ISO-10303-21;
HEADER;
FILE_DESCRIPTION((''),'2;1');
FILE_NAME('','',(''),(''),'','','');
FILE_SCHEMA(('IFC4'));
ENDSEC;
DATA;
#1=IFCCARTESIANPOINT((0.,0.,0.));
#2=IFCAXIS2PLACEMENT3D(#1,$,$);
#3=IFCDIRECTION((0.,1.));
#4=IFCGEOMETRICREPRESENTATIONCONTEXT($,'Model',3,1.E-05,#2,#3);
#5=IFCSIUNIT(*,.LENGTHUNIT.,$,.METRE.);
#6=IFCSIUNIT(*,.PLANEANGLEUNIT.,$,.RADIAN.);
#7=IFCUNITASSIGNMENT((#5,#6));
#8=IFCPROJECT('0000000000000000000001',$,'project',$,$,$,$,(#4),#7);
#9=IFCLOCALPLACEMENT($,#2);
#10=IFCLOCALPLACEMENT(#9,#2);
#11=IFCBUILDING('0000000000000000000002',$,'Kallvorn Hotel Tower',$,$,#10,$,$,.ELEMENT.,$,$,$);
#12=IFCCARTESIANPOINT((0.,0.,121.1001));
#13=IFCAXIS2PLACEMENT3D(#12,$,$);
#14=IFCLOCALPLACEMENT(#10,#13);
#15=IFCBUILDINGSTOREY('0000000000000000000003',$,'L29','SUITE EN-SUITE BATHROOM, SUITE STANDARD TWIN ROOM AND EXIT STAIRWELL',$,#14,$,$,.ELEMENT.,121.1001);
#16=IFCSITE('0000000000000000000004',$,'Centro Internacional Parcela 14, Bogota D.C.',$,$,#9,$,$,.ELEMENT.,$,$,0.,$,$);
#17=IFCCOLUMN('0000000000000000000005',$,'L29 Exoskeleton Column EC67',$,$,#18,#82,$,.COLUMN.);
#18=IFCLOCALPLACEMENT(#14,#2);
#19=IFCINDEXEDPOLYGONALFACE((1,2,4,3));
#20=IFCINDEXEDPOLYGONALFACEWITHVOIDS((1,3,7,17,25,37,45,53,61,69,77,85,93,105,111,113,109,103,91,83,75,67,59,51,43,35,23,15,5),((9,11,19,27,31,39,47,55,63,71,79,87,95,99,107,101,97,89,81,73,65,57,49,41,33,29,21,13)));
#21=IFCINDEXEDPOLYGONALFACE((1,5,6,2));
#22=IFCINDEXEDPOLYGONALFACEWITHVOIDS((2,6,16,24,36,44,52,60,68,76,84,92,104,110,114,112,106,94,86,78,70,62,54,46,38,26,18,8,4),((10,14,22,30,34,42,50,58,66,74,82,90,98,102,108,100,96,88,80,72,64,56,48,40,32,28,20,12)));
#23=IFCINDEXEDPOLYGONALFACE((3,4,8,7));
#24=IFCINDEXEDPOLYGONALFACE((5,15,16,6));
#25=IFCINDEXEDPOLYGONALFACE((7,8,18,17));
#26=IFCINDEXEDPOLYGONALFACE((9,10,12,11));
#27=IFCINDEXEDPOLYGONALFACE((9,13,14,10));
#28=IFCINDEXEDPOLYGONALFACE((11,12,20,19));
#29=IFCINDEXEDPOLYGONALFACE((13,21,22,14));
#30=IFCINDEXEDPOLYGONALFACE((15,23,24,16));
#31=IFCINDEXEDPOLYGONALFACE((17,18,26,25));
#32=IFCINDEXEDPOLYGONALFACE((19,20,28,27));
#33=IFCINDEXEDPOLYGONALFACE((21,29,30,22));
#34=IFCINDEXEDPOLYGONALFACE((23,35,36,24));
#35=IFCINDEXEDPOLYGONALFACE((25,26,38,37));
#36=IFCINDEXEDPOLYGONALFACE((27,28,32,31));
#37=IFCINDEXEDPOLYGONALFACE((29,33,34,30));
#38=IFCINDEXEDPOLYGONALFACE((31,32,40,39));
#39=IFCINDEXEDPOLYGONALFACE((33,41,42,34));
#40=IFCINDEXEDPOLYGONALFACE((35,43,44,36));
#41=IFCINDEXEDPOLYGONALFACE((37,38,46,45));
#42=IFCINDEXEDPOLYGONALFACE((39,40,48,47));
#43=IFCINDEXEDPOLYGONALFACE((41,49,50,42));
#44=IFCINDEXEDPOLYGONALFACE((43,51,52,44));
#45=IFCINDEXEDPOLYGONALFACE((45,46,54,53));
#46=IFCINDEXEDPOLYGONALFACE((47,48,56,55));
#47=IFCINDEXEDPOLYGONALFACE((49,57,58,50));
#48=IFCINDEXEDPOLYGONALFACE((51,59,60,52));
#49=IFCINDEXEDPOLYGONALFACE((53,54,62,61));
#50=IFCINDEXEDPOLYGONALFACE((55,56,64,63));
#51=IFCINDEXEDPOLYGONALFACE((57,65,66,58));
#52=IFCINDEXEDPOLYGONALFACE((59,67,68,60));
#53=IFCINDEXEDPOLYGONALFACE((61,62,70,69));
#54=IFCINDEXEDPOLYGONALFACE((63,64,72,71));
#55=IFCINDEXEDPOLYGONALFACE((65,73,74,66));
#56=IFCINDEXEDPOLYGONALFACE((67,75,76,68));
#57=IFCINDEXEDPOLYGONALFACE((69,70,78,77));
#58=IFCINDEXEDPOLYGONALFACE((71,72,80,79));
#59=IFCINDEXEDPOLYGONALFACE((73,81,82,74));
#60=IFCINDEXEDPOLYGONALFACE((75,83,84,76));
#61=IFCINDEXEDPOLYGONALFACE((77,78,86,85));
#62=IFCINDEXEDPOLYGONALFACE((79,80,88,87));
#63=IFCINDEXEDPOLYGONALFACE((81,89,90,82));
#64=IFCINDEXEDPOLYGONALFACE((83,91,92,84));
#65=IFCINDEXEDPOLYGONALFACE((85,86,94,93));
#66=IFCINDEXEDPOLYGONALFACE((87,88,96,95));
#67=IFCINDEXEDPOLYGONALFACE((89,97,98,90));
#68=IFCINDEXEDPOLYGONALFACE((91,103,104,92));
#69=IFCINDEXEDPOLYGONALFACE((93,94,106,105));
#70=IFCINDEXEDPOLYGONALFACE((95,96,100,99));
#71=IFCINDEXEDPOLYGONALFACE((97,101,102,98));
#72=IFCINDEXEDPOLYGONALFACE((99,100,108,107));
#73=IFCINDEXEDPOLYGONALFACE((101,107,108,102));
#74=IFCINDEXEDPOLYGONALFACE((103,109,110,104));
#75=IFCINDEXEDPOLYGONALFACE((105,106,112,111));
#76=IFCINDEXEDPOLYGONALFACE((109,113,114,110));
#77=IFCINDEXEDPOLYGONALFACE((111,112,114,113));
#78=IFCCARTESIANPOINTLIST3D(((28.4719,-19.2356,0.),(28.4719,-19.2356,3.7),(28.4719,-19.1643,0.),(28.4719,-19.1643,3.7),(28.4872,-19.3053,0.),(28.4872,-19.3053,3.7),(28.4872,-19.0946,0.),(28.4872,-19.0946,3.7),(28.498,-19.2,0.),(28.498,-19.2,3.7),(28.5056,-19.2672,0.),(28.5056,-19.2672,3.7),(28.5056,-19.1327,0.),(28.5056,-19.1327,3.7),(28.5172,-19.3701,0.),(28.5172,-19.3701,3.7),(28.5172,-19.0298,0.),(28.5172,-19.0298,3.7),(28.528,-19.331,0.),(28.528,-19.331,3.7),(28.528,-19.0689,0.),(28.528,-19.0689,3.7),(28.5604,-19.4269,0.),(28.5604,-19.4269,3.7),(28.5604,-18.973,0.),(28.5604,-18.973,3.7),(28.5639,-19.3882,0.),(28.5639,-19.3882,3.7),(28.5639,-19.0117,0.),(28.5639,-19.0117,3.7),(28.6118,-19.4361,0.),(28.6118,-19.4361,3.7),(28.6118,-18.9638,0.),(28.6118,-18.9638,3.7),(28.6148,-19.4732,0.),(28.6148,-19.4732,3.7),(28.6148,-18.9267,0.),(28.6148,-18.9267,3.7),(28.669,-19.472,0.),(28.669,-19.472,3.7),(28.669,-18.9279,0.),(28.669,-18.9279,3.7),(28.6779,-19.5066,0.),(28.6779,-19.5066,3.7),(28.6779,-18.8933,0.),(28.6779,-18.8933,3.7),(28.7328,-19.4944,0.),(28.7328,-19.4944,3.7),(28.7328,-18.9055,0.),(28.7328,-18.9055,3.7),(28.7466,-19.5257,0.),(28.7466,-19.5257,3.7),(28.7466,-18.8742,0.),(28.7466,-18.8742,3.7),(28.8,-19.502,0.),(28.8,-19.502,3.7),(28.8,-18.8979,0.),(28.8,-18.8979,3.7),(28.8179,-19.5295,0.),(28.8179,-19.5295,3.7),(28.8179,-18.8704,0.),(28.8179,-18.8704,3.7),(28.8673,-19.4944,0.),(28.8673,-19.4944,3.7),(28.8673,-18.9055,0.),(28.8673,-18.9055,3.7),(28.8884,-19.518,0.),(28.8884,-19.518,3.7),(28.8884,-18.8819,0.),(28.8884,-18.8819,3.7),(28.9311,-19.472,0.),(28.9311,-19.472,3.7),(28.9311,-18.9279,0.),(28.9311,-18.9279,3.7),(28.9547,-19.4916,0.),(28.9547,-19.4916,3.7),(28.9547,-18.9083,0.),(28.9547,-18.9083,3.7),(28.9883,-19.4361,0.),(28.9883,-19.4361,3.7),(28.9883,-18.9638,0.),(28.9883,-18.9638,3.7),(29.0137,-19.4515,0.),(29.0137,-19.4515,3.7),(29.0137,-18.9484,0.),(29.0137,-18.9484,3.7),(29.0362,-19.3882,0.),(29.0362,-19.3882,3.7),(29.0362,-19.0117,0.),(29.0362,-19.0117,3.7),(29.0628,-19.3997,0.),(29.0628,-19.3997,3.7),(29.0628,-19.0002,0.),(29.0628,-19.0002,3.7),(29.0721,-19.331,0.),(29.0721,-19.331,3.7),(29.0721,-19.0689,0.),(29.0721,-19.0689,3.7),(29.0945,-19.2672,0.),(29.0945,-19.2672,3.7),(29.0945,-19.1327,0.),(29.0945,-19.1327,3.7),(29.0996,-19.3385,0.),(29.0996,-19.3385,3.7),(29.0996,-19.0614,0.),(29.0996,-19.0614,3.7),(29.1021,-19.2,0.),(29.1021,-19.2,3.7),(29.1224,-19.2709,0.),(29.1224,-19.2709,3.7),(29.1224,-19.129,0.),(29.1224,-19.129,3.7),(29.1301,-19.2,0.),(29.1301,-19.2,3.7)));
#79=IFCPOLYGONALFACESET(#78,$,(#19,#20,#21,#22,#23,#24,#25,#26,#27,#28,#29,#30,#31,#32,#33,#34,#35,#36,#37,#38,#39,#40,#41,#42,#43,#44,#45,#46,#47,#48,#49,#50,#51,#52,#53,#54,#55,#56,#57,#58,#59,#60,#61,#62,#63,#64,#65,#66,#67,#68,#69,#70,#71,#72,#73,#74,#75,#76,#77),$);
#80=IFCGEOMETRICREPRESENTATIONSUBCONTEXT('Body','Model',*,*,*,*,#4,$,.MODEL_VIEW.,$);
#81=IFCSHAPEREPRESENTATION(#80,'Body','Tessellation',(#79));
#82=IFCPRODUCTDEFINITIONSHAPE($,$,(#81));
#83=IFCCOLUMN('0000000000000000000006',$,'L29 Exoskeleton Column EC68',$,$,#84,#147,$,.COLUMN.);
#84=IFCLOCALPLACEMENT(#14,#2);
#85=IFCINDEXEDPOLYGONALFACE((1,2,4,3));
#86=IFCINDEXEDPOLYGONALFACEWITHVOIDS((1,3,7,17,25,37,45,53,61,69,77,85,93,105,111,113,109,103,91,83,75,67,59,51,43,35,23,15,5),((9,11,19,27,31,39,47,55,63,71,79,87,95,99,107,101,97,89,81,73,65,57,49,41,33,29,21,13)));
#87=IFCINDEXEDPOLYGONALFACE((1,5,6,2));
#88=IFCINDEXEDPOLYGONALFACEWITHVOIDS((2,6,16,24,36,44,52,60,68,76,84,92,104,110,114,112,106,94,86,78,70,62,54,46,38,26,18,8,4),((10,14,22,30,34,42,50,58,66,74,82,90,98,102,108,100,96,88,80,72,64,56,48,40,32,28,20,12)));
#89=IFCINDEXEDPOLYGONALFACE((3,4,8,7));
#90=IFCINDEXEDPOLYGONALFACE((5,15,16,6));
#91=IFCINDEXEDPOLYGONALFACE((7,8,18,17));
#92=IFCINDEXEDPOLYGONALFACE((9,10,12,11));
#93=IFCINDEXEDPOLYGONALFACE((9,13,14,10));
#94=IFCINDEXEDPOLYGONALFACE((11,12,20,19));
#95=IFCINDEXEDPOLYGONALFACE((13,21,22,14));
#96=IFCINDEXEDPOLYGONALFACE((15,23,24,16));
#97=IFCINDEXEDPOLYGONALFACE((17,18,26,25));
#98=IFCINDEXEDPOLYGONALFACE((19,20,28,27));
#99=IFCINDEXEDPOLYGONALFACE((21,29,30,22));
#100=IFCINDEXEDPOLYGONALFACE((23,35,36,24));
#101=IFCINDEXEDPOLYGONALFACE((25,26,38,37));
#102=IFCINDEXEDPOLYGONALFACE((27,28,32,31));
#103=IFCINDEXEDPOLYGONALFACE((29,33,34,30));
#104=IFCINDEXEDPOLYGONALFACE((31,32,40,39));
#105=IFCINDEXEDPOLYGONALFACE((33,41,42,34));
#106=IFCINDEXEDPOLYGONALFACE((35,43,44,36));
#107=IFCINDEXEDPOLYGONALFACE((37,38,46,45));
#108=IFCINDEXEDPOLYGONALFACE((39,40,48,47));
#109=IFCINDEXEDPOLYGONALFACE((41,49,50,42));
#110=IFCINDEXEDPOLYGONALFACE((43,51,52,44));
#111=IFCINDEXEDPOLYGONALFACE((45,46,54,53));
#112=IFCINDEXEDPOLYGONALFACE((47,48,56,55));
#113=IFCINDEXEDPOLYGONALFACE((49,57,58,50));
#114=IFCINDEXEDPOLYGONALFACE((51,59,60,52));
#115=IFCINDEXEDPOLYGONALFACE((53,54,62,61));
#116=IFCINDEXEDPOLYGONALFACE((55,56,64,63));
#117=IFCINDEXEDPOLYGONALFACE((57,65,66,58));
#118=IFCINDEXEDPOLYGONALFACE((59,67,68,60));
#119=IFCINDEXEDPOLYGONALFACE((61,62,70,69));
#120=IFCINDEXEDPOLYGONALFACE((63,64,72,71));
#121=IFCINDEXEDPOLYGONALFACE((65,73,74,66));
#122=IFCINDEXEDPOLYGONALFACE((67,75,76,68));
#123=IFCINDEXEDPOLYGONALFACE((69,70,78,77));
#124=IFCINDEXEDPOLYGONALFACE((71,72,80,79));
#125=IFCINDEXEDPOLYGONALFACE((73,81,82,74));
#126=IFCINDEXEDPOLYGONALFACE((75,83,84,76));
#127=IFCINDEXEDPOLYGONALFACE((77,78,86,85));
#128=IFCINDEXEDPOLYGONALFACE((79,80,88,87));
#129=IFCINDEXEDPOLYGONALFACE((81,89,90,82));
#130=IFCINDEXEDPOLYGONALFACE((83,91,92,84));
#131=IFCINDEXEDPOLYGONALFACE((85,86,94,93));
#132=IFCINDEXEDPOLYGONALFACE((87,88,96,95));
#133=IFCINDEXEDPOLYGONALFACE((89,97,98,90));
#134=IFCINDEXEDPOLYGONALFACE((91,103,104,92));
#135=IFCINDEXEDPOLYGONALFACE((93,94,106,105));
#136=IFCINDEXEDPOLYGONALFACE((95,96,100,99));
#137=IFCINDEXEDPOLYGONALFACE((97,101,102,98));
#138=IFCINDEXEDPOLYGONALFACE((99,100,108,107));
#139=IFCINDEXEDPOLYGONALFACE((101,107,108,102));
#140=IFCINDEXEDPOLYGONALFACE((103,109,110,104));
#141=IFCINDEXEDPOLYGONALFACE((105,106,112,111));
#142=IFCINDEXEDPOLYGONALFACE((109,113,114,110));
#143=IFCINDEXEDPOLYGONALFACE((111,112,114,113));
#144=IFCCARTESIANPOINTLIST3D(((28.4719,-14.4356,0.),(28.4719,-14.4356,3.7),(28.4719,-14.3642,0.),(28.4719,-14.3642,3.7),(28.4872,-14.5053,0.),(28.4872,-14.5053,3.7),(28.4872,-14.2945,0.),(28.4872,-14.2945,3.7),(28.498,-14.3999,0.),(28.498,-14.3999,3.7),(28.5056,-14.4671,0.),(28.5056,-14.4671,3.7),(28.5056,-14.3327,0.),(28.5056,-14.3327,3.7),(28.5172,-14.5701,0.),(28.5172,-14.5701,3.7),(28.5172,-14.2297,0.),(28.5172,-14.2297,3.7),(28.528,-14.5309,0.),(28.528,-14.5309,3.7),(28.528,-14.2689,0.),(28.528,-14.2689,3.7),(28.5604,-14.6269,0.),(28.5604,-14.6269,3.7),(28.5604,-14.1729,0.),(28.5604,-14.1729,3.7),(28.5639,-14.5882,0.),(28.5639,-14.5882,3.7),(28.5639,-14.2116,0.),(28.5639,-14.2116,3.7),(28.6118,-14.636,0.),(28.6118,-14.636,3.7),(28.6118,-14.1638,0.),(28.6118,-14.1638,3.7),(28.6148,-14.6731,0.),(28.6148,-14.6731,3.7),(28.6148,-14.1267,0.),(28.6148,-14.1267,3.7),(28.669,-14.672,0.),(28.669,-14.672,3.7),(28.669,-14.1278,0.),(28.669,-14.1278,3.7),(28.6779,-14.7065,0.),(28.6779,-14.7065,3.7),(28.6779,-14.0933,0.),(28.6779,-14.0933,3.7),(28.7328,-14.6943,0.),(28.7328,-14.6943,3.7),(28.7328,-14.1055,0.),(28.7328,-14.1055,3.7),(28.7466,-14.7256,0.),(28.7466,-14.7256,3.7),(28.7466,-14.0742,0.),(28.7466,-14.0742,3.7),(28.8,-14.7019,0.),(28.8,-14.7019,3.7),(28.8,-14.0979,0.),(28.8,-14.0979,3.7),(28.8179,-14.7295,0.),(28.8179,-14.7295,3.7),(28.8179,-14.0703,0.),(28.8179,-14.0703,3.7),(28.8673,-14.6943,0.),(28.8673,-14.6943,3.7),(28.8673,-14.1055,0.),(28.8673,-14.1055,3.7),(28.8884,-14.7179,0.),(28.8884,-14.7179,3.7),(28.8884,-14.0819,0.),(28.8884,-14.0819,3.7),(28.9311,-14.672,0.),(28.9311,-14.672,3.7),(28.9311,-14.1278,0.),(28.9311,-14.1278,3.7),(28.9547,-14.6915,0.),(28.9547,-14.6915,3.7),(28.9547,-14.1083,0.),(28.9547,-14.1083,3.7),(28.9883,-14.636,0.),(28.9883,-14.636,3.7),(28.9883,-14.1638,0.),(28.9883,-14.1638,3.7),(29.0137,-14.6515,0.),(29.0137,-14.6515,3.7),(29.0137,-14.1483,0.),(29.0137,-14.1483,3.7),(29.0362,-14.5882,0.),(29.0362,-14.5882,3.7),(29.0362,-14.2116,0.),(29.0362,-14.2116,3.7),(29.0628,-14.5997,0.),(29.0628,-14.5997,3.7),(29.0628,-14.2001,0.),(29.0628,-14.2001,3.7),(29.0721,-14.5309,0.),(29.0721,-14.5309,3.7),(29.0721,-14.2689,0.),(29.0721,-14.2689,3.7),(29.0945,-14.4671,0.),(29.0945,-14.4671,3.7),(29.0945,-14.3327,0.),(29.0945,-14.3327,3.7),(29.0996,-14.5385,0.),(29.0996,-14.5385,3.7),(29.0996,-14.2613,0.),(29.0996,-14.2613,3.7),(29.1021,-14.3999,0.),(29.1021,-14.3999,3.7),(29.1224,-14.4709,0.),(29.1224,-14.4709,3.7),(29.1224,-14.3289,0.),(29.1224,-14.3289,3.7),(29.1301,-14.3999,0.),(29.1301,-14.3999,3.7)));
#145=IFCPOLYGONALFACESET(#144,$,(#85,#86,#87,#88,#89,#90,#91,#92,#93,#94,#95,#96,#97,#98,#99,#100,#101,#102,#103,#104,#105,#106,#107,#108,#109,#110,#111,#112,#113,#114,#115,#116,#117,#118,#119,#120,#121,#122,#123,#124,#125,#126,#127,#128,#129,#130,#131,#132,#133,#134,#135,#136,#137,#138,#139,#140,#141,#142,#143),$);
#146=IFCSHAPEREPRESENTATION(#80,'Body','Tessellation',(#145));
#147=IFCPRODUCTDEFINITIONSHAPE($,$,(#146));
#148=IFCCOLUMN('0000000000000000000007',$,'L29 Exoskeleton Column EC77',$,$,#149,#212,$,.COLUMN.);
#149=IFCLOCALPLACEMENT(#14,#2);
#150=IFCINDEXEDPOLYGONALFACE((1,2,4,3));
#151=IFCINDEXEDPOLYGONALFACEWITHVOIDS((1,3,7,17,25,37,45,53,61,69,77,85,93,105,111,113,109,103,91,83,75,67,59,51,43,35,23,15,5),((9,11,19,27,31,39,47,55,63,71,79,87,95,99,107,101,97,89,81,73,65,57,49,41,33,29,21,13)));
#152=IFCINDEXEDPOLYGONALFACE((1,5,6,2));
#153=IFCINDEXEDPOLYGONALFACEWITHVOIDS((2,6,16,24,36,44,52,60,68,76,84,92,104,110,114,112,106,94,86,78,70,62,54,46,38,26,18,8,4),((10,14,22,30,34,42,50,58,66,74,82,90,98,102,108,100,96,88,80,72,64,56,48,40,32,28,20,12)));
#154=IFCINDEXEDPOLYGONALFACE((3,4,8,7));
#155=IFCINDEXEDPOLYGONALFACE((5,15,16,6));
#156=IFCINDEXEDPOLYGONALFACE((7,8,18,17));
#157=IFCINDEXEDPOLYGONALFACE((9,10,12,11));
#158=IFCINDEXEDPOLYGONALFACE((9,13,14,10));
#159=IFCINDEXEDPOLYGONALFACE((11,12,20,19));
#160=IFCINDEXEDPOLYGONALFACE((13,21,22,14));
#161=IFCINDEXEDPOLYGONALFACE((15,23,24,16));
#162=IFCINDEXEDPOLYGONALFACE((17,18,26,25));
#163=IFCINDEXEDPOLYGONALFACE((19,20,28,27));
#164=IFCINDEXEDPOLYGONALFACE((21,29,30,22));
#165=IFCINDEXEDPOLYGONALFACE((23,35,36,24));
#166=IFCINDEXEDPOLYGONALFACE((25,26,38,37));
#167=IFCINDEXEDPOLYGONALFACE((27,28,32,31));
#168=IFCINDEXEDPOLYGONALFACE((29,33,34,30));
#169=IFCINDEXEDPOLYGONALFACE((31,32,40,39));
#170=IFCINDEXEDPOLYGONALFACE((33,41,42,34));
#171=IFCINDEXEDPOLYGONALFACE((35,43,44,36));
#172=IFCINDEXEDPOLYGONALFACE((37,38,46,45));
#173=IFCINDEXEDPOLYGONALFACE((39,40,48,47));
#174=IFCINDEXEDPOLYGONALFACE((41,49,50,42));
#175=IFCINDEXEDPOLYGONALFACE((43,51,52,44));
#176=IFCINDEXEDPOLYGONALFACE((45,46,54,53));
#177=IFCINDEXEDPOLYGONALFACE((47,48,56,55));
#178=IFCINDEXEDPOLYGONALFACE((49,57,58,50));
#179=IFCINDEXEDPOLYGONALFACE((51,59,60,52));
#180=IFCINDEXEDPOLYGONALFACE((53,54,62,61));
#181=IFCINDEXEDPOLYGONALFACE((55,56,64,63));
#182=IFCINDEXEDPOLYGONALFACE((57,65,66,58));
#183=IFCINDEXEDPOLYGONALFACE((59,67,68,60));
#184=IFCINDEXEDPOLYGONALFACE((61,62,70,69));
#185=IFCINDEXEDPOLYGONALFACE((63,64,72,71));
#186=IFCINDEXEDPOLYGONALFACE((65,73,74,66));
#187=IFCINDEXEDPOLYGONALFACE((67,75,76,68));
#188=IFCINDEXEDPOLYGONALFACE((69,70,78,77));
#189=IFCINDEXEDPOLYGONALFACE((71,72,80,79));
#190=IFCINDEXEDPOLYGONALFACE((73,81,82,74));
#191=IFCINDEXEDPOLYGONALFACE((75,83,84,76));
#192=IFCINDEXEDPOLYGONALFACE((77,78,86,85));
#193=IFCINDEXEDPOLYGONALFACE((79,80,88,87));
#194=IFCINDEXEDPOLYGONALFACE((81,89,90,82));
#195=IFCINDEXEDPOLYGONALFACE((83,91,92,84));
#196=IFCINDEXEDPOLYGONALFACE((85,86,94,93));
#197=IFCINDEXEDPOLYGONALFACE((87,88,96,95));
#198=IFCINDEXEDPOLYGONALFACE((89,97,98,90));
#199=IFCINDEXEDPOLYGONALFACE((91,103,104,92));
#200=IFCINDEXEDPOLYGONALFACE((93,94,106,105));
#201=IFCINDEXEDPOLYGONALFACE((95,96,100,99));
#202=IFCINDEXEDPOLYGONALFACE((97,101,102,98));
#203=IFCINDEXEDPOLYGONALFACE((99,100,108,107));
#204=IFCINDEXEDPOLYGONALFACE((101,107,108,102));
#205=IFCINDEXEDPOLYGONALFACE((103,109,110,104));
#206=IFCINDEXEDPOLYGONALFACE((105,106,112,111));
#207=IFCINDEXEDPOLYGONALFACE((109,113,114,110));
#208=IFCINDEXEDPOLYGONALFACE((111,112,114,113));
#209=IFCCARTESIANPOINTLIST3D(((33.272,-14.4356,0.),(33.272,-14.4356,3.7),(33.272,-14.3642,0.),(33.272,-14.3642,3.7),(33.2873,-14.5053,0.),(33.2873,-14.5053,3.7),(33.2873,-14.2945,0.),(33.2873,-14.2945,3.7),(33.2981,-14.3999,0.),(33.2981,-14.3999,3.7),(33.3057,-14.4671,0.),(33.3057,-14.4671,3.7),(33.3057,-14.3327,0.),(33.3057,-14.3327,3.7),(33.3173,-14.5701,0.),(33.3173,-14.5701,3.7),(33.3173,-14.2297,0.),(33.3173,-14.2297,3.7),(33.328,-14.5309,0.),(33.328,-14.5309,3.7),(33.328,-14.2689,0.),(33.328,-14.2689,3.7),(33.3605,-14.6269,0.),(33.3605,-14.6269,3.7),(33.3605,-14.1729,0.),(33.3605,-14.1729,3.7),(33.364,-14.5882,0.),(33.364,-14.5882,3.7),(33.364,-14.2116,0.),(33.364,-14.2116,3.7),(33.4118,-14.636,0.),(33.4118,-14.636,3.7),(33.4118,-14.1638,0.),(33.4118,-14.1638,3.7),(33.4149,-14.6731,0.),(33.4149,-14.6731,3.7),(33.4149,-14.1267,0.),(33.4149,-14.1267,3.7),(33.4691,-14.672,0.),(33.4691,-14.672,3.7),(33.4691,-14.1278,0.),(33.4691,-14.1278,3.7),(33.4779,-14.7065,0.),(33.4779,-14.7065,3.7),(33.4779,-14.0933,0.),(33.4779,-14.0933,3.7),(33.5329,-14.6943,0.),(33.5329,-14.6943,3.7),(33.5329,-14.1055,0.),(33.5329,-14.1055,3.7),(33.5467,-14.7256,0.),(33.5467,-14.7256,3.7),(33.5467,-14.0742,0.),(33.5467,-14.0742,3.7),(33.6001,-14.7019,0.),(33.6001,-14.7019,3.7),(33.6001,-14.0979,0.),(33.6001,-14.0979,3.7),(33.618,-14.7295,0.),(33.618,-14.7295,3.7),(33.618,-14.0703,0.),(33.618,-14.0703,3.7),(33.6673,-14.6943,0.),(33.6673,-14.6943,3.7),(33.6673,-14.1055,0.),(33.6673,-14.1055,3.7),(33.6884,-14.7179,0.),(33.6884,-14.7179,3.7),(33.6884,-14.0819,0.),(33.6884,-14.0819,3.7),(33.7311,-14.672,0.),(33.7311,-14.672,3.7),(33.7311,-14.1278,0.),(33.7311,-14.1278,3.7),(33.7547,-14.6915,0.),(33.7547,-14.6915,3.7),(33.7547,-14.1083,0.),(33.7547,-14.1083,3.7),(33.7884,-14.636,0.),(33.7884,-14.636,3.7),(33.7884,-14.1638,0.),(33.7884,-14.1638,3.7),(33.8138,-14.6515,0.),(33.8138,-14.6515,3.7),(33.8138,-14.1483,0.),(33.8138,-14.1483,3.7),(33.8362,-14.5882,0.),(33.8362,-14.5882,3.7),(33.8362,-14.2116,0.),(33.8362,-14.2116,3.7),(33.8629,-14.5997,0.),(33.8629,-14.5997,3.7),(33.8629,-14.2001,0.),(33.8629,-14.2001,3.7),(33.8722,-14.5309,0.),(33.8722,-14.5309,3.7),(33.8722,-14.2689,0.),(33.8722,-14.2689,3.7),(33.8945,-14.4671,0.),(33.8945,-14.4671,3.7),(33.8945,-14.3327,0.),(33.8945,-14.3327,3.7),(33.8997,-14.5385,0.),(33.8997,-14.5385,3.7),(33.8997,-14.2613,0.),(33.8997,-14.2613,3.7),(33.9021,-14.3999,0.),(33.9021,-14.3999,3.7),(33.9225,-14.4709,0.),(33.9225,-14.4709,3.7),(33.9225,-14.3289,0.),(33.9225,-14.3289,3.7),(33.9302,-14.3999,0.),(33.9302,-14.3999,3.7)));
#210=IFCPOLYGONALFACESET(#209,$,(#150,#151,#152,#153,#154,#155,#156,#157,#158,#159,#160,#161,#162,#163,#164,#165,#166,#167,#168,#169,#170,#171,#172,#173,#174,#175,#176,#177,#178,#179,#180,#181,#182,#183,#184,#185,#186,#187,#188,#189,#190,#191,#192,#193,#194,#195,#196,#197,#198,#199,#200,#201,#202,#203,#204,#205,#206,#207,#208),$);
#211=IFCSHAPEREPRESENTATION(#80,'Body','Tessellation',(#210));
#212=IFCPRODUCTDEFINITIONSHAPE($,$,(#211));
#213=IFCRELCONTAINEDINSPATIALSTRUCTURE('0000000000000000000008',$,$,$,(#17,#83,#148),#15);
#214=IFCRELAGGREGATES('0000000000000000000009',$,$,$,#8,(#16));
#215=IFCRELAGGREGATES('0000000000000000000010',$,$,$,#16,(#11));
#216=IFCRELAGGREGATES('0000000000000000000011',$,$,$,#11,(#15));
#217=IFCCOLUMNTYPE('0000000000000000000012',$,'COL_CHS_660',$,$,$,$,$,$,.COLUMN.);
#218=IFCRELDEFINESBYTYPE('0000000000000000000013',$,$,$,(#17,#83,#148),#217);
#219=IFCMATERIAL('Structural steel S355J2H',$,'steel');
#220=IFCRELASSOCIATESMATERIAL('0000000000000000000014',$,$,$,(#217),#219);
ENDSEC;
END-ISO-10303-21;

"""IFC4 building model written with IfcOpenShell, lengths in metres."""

from ifc_helpers import new_model, si_unit, direction, frame, origin, origin_2d, place, context, subcontext, project, spatial, hollow_circle, extrude, material, material_profile, profile_set, type_object, element, save


model = new_model("IFC4")

# Units and contexts
model_context = context("Model", 3, precision=1e-05, world=origin(), true_north=direction((0.0, 1.0)))
body_context = subcontext(model_context, "Body", "Model", "MODEL_VIEW")
ifc_project = project(units=[si_unit("LENGTHUNIT", "METRE"), si_unit("PLANEANGLEUNIT", "RADIAN")], contexts=[model_context])

# Site, building, storey
site_placement = place(None, origin())
site = spatial("IfcSite", under=ifc_project, at=site_placement, Name="Centro Internacional Parcela 14, Bogota D.C.", CompositionType="ELEMENT", RefElevation=0.0)
building_placement = place(site_placement, origin())
building = spatial("IfcBuilding", under=site, at=building_placement, Name="Kallvorn Hotel Tower", CompositionType="ELEMENT")
storey_placement = place(building_placement, frame((0.0, 0.0, 121.1001)))
storey = spatial("IfcBuildingStorey", under=building, at=storey_placement, Name="L29", Description="SUITE EN-SUITE BATHROOM, SUITE STANDARD TWIN ROOM AND EXIT STAIRWELL", CompositionType="ELEMENT", Elevation=121.1001)

# Columns
ifc_material_1 = material(Name="Structural steel S355J2H", Category="steel")
ifc_material_profile_1 = material_profile(ifc_material_1, hollow_circle(Radius=0.3301, WallThickness=0.0281, at=origin_2d()), Name="CHS 660x28")
ifc_profile_set_1 = profile_set([ifc_material_profile_1], Name="Structural steel S355J2H")
column_type_1 = type_object("IfcColumnType", Name="COL_CHS_660", PredefinedType="COLUMN", material=ifc_profile_set_1)
for number, where, z_axis, x_axis, name in (
    (1, (28.8, -19.2, 0.0), (0.0, 0.0, 1.0), (1.0, 0.0, 0.0), "L29 Exoskeleton Column EC67"),
    (2, (28.8, -14.3999, 0.0), (0.0, 0.0, 1.0), (1.0, 0.0, 0.0), "L29 Exoskeleton Column EC68"),
    (3, (33.6001, -14.3999, 0.0), (0.0, 0.0, 1.0), (1.0, 0.0, 0.0), "L29 Exoskeleton Column EC77"),
):
    element("IfcColumn", number, at=place(storey_placement, frame(where, z_axis=z_axis, x_axis=x_axis)), inside=storey, type_object=column_type_1, Name=name, PredefinedType="COLUMN", context=body_context, shape_type="SweptSolid", body=[
        extrude(hollow_circle(Radius=0.3301, WallThickness=0.0281, at=origin_2d()), origin(), (0.0, 0.0, 1.0), 3.7),
    ])

save(model, "model.ifc")
